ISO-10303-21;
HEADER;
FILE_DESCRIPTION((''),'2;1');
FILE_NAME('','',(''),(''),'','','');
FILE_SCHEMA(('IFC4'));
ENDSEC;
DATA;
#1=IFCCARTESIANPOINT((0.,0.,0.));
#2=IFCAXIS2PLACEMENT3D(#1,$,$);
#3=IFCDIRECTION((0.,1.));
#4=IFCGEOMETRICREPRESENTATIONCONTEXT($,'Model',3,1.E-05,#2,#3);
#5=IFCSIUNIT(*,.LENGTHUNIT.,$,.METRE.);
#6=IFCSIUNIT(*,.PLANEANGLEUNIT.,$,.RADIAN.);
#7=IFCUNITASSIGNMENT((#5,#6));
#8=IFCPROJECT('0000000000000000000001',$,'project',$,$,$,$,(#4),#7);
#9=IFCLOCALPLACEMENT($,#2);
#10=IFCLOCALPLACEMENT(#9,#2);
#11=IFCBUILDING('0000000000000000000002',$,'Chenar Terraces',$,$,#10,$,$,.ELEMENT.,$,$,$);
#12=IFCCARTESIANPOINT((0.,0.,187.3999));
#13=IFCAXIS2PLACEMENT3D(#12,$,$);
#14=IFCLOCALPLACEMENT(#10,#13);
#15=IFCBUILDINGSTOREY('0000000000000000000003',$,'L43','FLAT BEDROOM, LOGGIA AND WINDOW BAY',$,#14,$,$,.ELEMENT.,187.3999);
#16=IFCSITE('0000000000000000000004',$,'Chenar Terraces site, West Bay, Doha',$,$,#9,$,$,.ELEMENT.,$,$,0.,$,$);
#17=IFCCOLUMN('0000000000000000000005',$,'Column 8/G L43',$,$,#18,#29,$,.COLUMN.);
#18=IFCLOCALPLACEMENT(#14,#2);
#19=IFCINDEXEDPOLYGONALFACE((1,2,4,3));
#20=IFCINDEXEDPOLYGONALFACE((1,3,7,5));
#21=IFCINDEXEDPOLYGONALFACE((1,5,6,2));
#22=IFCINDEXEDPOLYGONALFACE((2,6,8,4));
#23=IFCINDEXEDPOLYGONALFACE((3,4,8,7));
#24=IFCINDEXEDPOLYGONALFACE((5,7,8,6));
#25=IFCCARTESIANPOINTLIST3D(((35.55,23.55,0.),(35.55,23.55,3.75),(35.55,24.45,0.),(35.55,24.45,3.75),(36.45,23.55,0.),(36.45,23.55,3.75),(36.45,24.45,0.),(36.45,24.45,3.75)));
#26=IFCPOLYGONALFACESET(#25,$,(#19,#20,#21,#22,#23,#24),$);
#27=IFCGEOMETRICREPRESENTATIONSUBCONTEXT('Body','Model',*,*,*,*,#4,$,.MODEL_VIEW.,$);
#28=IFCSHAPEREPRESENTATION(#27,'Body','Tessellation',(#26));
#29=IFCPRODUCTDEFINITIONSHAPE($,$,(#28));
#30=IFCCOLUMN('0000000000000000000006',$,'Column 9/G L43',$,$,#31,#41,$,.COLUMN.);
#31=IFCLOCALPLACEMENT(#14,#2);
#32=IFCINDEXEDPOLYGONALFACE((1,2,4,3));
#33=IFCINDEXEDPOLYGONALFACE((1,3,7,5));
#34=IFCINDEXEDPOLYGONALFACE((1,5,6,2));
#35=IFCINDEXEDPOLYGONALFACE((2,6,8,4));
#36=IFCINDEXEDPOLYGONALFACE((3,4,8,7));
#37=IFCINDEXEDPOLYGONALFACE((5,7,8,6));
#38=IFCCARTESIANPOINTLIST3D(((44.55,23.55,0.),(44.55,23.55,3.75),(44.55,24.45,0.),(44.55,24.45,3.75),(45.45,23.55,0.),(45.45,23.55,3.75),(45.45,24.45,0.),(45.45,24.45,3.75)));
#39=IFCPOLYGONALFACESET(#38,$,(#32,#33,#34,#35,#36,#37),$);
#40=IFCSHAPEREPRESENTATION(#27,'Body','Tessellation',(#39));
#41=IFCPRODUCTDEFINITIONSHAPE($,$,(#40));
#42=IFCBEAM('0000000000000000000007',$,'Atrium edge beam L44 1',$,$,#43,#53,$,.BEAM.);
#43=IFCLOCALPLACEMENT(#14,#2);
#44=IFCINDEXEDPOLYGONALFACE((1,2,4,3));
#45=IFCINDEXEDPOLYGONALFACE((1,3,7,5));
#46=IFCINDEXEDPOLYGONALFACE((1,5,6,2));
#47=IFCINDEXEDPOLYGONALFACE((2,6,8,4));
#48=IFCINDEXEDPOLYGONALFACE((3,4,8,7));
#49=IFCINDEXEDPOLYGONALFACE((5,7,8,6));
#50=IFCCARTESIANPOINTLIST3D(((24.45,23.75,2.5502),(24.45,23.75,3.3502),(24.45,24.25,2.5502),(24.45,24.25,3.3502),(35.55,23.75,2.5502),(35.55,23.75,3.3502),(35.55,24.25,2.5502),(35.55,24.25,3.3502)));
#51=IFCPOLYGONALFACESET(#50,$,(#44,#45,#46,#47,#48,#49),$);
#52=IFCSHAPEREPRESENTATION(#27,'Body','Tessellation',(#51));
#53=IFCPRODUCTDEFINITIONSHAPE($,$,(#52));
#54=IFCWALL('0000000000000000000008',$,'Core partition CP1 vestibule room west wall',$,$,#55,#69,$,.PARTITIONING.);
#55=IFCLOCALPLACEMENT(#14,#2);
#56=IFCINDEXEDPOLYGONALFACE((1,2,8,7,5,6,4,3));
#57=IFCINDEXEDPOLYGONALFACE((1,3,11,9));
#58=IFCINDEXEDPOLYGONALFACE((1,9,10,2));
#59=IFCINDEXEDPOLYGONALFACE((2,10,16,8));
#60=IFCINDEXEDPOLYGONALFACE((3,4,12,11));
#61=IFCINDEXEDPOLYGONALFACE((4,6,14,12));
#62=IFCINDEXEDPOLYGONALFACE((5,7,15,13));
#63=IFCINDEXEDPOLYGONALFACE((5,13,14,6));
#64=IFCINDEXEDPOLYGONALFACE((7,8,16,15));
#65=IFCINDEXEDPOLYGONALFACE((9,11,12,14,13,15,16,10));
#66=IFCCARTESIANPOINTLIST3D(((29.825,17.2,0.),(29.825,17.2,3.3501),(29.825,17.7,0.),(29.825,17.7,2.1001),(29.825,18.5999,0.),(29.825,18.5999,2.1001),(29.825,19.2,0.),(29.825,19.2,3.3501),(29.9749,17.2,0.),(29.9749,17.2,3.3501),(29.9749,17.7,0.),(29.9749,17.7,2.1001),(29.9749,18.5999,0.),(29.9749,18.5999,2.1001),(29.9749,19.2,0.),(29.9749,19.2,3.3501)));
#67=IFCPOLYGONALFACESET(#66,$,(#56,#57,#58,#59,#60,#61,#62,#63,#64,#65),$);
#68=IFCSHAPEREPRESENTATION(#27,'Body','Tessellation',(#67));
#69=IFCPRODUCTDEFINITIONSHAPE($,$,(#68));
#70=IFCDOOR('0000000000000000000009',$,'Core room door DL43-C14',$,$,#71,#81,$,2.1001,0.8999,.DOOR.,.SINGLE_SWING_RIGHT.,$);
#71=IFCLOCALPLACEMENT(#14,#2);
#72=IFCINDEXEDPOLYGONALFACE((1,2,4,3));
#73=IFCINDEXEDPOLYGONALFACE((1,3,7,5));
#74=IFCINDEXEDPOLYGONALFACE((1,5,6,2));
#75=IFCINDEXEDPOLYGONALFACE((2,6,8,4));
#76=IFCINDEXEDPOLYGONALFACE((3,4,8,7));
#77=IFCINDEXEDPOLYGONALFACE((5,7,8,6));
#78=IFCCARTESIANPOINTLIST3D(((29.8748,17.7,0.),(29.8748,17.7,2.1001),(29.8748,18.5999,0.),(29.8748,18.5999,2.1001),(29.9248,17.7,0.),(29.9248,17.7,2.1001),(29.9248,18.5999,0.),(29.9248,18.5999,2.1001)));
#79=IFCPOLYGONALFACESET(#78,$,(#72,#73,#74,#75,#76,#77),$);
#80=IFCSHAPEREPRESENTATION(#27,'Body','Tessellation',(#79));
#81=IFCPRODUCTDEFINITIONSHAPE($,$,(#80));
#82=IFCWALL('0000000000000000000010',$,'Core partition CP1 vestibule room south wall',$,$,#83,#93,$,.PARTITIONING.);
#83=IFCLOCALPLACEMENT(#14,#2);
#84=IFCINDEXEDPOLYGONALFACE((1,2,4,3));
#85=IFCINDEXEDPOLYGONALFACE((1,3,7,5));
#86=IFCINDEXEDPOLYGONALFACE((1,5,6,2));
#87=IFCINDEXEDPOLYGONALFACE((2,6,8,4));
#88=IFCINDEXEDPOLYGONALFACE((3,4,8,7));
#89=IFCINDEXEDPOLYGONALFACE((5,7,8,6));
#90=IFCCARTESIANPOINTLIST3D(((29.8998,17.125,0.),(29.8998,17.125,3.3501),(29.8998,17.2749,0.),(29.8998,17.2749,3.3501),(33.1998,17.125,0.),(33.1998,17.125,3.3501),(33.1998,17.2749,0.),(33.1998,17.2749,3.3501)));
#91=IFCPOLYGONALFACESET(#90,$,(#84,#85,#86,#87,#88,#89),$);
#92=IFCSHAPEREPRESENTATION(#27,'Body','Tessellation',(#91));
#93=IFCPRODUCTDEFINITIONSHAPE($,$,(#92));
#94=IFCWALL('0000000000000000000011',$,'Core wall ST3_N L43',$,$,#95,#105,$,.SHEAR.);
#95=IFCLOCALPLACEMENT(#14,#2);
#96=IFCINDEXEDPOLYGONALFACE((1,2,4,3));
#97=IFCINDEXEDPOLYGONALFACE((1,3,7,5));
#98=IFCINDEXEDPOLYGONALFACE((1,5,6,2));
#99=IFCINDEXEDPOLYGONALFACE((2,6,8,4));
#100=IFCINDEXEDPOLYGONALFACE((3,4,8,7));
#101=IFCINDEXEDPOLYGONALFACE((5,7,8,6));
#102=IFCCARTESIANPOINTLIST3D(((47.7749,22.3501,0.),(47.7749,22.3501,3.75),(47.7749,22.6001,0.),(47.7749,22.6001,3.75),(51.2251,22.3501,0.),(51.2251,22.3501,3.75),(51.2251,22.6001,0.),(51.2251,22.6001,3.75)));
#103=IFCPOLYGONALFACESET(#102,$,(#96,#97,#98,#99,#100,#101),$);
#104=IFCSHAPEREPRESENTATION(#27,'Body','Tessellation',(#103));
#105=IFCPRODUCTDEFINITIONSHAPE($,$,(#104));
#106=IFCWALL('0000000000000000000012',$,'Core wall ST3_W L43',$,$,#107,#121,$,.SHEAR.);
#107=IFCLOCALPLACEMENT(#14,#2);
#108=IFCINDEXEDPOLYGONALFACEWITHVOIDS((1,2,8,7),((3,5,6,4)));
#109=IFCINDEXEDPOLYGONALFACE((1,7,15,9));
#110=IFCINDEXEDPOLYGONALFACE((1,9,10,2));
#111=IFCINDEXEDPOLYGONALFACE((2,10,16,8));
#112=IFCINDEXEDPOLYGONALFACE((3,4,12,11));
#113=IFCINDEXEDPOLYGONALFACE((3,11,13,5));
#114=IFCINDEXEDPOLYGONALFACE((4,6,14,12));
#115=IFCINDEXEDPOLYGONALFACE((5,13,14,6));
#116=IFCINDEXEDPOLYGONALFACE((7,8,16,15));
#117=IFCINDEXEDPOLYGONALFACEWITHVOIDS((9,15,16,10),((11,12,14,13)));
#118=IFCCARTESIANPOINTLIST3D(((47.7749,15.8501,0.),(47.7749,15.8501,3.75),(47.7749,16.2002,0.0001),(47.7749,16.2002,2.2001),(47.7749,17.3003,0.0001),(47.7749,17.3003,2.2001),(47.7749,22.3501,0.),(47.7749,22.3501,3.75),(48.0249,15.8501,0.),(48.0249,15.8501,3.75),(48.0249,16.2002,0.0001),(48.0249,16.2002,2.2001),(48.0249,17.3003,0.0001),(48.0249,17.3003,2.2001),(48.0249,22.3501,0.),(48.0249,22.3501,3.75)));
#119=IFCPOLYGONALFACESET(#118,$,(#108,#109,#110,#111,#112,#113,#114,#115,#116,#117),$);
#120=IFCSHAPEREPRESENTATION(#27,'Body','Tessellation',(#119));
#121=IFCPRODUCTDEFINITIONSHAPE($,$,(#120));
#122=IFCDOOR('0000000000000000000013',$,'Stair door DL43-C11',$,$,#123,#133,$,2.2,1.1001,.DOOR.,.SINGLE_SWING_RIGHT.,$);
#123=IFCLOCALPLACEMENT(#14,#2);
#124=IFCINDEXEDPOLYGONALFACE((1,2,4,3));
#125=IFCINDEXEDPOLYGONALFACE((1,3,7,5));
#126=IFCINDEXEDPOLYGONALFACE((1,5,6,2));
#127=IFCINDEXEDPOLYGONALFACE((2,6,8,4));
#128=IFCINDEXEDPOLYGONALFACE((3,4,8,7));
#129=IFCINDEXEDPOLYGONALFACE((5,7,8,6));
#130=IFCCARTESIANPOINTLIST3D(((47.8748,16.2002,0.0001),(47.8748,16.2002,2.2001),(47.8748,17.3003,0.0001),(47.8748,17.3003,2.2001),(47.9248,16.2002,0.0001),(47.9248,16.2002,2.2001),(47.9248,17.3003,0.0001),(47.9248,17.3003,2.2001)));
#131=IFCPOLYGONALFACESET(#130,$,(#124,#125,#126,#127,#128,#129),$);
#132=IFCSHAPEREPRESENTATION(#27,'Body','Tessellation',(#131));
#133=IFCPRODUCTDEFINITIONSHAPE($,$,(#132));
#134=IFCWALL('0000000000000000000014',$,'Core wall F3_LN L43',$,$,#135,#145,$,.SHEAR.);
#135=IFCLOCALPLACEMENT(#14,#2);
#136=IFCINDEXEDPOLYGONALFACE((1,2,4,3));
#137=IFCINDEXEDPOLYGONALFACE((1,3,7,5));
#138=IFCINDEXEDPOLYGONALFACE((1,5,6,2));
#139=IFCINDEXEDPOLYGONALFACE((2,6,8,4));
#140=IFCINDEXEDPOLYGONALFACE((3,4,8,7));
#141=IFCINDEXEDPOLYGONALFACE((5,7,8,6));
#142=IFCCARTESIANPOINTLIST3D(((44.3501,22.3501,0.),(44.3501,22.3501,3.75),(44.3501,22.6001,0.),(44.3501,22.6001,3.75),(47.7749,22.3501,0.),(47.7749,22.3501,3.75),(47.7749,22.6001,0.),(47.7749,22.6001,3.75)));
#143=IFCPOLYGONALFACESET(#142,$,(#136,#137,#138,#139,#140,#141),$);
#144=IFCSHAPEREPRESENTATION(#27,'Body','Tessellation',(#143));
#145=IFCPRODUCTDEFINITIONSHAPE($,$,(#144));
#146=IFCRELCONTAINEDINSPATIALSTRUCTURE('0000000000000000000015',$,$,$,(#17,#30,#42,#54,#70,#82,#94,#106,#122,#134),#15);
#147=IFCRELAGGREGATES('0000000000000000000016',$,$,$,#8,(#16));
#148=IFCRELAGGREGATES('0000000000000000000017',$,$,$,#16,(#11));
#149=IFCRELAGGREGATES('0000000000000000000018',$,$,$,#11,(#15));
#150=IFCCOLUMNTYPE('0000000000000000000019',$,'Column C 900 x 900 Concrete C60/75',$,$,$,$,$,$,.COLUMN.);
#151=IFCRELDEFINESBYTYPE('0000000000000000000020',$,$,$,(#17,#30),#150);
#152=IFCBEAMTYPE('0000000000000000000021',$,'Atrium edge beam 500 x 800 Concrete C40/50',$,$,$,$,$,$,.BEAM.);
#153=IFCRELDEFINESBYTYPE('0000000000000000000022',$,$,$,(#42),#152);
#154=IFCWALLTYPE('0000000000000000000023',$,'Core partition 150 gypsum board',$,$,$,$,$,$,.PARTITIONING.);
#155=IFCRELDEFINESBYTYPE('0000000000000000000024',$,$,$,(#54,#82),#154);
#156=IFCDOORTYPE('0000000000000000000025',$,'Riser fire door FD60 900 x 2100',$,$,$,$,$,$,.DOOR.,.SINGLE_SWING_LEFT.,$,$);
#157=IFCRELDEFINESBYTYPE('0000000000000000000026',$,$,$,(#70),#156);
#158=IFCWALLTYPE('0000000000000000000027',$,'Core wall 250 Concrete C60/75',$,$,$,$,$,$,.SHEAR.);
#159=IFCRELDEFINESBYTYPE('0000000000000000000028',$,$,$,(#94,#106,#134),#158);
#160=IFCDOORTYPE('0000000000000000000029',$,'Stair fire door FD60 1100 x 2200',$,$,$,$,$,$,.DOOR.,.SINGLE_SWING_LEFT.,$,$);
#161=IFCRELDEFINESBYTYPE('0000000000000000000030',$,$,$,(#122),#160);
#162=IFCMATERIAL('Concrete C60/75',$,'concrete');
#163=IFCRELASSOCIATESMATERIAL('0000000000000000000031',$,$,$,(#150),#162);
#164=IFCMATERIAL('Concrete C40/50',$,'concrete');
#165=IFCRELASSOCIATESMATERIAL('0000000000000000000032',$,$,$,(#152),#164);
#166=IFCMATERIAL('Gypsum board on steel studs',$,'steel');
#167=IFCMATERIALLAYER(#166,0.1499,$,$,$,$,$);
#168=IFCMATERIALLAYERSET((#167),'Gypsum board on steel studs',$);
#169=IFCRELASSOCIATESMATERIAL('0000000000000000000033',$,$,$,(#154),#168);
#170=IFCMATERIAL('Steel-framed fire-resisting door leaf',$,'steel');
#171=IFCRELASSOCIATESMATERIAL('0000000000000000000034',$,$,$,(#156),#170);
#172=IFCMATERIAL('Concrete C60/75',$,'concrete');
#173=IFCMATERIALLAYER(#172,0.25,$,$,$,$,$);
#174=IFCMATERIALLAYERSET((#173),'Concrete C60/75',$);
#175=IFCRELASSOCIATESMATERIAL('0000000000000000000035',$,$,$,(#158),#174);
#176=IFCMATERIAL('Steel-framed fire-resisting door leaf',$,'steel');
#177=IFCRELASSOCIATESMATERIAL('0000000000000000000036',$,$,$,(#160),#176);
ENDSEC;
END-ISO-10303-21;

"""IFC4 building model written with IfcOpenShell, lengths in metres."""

from ifc_helpers import new_model, si_unit, direction, frame, frame_2d, origin, origin_2d, place, context, subcontext, project, spatial, rectangle, extrude, material, layer, layer_set, material_profile, profile_set, type_object, element, fill, save


model = new_model("IFC4")

# Units and contexts
model_context = context("Model", 3, precision=1e-05, world=origin(), true_north=direction((0.0, 1.0)))
body_context = subcontext(model_context, "Body", "Model", "MODEL_VIEW")
ifc_project = project(units=[si_unit("LENGTHUNIT", "METRE"), si_unit("PLANEANGLEUNIT", "RADIAN")], contexts=[model_context])

# Site, building, storey
site_placement = place(None, origin())
site = spatial("IfcSite", under=ifc_project, at=site_placement, Name="Chenar Terraces site, West Bay, Doha", CompositionType="ELEMENT", RefElevation=0.0)
building_placement = place(site_placement, origin())
building = spatial("IfcBuilding", under=site, at=building_placement, Name="Chenar Terraces", CompositionType="ELEMENT")
storey_placement = place(building_placement, frame((0.0, 0.0, 187.3999)))
storey = spatial("IfcBuildingStorey", under=building, at=storey_placement, Name="L43", Description="FLAT BEDROOM, LOGGIA AND WINDOW BAY", CompositionType="ELEMENT", Elevation=187.3999)

# Columns
ifc_material_1 = material(Name="Concrete C60/75", Category="concrete")
ifc_material_profile_1 = material_profile(ifc_material_1, rectangle(XDim=0.8999, YDim=0.8999, at=origin_2d()), Name="C 900 x 900")
ifc_profile_set_1 = profile_set([ifc_material_profile_1], Name="Concrete C60/75")
column_type = type_object("IfcColumnType", Name="Column C 900 x 900 Concrete C60/75", PredefinedType="COLUMN", material=ifc_profile_set_1)
for number, where, z_axis, x_axis, name in (
    (1, (36.0, 24.0, 0.0), (0.0, 0.0, 1.0), (1.0, 0.0, 0.0), "Column 8/G L43"),
    (2, (45.0, 24.0, 0.0), (0.0, 0.0, 1.0), (1.0, 0.0, 0.0), "Column 9/G L43"),
):
    element("IfcColumn", number, at=place(storey_placement, frame(where, z_axis=z_axis, x_axis=x_axis)), inside=storey, type_object=column_type, Name=name, PredefinedType="COLUMN", context=body_context, shape_type="SweptSolid", body=[
        extrude(rectangle(XDim=0.8999, YDim=0.8999, at=origin_2d()), origin(), (0.0, 0.0, 1.0), 3.75),
    ])

# Beam
ifc_material_2 = material(Name="Concrete C40/50", Category="concrete")
ifc_material_profile_2 = material_profile(ifc_material_2, rectangle(XDim=0.5, YDim=0.8, at=origin_2d()), Name="RC 500 x 800")
ifc_profile_set_2 = profile_set([ifc_material_profile_2], Name="Concrete C40/50")
beam_type = type_object("IfcBeamType", Name="Atrium edge beam 500 x 800 Concrete C40/50", PredefinedType="BEAM", material=ifc_profile_set_2)
beam_placement = place(storey_placement, frame((24.45, 24.0, 2.9502), z_axis=(1.0, 0.0, 0.0), x_axis=(0.0, 1.0, 0.0)))
element("IfcBeam", 3, at=beam_placement, inside=storey, type_object=beam_type, Name="Atrium edge beam L44 1", PredefinedType="BEAM", context=body_context, shape_type="SweptSolid", body=[
    extrude(rectangle(XDim=0.5, YDim=0.8, at=origin_2d()), origin(), (0.0, 0.0, 1.0), 11.1001),
])

# Wall, opening, door
ifc_material_3 = material(Name="Gypsum board on steel studs", Category="steel")
ifc_layer_1 = layer(ifc_material_3, 0.1499)
ifc_layer_set_1 = layer_set([ifc_layer_1], Name="Gypsum board on steel studs")
wall_type_1 = type_object("IfcWallType", Name="Core partition 150 gypsum board", PredefinedType="PARTITIONING", material=ifc_layer_set_1)
wall_1_placement = place(storey_placement, frame((29.8999, 17.2, 0.0), z_axis=(0.0, 0.0, 1.0), x_axis=(0.0, 1.0, 0.0)))
wall_1 = element("IfcWall", 4, at=wall_1_placement, inside=storey, type_object=wall_type_1, Name="Core partition CP1 vestibule room west wall", PredefinedType="PARTITIONING", context=body_context, shape_type="SweptSolid", body=[
    extrude(rectangle(XDim=2.0, YDim=0.1499, at=frame_2d((1.0, 0.0))), origin(), (0.0, 0.0, 1.0), 3.3501),
])
opening_1_placement = place(wall_1_placement, frame((0.5, 0.0, 0.0)))
opening_1 = element("IfcOpeningElement", 5, at=opening_1_placement, cuts=wall_1, PredefinedType="OPENING", context=body_context, shape_type="SweptSolid", body=[
    extrude(rectangle(XDim=0.8999, YDim=2.1001, at=frame_2d((0.45, 1.05))), frame((0.0, 0.085, 0.0), z_axis=(0.0, -1.0, 0.0), x_axis=(1.0, 0.0, 0.0)), (0.0, 0.0, 1.0), 0.1699),
])
ifc_material_4 = material(Name="Steel-framed fire-resisting door leaf", Category="steel")
door_type_1 = type_object("IfcDoorType", Name="Riser fire door FD60 900 x 2100", OperationType="SINGLE_SWING_LEFT", PredefinedType="DOOR", material=ifc_material_4)
door_1_placement = place(opening_1_placement, frame((0.8999, 0.0, 0.0), z_axis=(0.0, 0.0, 1.0), x_axis=(-1.0, 0.0, 0.0)))
door_1 = element("IfcDoor", 6, at=door_1_placement, inside=storey, type_object=door_type_1, Name="Core room door DL43-C14", OperationType="SINGLE_SWING_RIGHT", OverallHeight=2.1001, OverallWidth=0.8999, PredefinedType="DOOR", context=body_context, shape_type="SweptSolid", body=[
    extrude(rectangle(XDim=0.8999, YDim=2.1001, at=frame_2d((0.45, 1.05))), frame((0.0, 0.0249, 0.0), z_axis=(0.0, -1.0, 0.0), x_axis=(1.0, 0.0, 0.0)), (0.0, 0.0, 1.0), 0.05),
])
fill(opening_1, door_1)

# Walls
wall_2_placement = place(storey_placement, frame((29.8999, 17.2, 0.0), z_axis=(0.0, 0.0, 1.0), x_axis=(1.0, 0.0, 0.0)))
element("IfcWall", 7, at=wall_2_placement, inside=storey, type_object=wall_type_1, Name="Core partition CP1 vestibule room south wall", PredefinedType="PARTITIONING", context=body_context, shape_type="SweptSolid", body=[
    extrude(rectangle(XDim=3.3, YDim=0.1499, at=frame_2d((1.6499, 0.0))), origin(), (0.0, 0.0, 1.0), 3.3501),
])
ifc_material_5 = material(Name="Concrete C60/75", Category="concrete")
ifc_layer_2 = layer(ifc_material_5, 0.25)
ifc_layer_set_2 = layer_set([ifc_layer_2], Name="Concrete C60/75")
wall_type_2 = type_object("IfcWallType", Name="Core wall 250 Concrete C60/75", PredefinedType="SHEAR", material=ifc_layer_set_2)
wall_3_placement = place(storey_placement, frame((47.7749, 22.4751, 0.0), z_axis=(0.0, 0.0, 1.0), x_axis=(1.0, 0.0, 0.0)))
element("IfcWall", 8, at=wall_3_placement, inside=storey, type_object=wall_type_2, Name="Core wall ST3_N L43", PredefinedType="SHEAR", context=body_context, shape_type="SweptSolid", body=[
    extrude(rectangle(XDim=3.4502, YDim=0.25, at=frame_2d((1.7251, 0.0))), origin(), (0.0, 0.0, 1.0), 3.75),
])

# Wall, opening, door
wall_4_placement = place(storey_placement, frame((47.8999, 15.8501, 0.0), z_axis=(0.0, 0.0, 1.0), x_axis=(0.0, 1.0, 0.0)))
wall_4 = element("IfcWall", 9, at=wall_4_placement, inside=storey, type_object=wall_type_2, Name="Core wall ST3_W L43", PredefinedType="SHEAR", context=body_context, shape_type="SweptSolid", body=[
    extrude(rectangle(XDim=6.5, YDim=0.25, at=frame_2d((3.25, 0.0))), origin(), (0.0, 0.0, 1.0), 3.75),
])
opening_2_placement = place(wall_4_placement, frame((0.3501, 0.0, 0.0)))
opening_2 = element("IfcOpeningElement", 10, at=opening_2_placement, cuts=wall_4, PredefinedType="OPENING", context=body_context, shape_type="SweptSolid", body=[
    extrude(rectangle(XDim=1.1001, YDim=2.2, at=frame_2d((0.55, 1.1001))), frame((0.0, 0.135, 0.0), z_axis=(0.0, -1.0, 0.0), x_axis=(1.0, 0.0, 0.0)), (0.0, 0.0, 1.0), 0.27),
])
ifc_material_6 = material(Name="Steel-framed fire-resisting door leaf", Category="steel")
door_type_2 = type_object("IfcDoorType", Name="Stair fire door FD60 1100 x 2200", OperationType="SINGLE_SWING_LEFT", PredefinedType="DOOR", material=ifc_material_6)
door_2_placement = place(opening_2_placement, frame((1.1001, 0.0, 0.0), z_axis=(0.0, 0.0, 1.0), x_axis=(-1.0, 0.0, 0.0)))
door_2 = element("IfcDoor", 11, at=door_2_placement, inside=storey, type_object=door_type_2, Name="Stair door DL43-C11", OperationType="SINGLE_SWING_RIGHT", OverallHeight=2.2, OverallWidth=1.1001, PredefinedType="DOOR", context=body_context, shape_type="SweptSolid", body=[
    extrude(rectangle(XDim=1.1001, YDim=2.2, at=frame_2d((0.55, 1.1001))), frame((0.0, 0.0249, 0.0), z_axis=(0.0, -1.0, 0.0), x_axis=(1.0, 0.0, 0.0)), (0.0, 0.0, 1.0), 0.05),
])
fill(opening_2, door_2)

# Wall
wall_5_placement = place(storey_placement, frame((44.3501, 22.4751, 0.0), z_axis=(0.0, 0.0, 1.0), x_axis=(1.0, 0.0, 0.0)))
element("IfcWall", 12, at=wall_5_placement, inside=storey, type_object=wall_type_2, Name="Core wall F3_LN L43", PredefinedType="SHEAR", context=body_context, shape_type="SweptSolid", body=[
    extrude(rectangle(XDim=3.4248, YDim=0.25, at=frame_2d((1.7124, 0.0))), origin(), (0.0, 0.0, 1.0), 3.75),
])

save(model, "model.ifc")
